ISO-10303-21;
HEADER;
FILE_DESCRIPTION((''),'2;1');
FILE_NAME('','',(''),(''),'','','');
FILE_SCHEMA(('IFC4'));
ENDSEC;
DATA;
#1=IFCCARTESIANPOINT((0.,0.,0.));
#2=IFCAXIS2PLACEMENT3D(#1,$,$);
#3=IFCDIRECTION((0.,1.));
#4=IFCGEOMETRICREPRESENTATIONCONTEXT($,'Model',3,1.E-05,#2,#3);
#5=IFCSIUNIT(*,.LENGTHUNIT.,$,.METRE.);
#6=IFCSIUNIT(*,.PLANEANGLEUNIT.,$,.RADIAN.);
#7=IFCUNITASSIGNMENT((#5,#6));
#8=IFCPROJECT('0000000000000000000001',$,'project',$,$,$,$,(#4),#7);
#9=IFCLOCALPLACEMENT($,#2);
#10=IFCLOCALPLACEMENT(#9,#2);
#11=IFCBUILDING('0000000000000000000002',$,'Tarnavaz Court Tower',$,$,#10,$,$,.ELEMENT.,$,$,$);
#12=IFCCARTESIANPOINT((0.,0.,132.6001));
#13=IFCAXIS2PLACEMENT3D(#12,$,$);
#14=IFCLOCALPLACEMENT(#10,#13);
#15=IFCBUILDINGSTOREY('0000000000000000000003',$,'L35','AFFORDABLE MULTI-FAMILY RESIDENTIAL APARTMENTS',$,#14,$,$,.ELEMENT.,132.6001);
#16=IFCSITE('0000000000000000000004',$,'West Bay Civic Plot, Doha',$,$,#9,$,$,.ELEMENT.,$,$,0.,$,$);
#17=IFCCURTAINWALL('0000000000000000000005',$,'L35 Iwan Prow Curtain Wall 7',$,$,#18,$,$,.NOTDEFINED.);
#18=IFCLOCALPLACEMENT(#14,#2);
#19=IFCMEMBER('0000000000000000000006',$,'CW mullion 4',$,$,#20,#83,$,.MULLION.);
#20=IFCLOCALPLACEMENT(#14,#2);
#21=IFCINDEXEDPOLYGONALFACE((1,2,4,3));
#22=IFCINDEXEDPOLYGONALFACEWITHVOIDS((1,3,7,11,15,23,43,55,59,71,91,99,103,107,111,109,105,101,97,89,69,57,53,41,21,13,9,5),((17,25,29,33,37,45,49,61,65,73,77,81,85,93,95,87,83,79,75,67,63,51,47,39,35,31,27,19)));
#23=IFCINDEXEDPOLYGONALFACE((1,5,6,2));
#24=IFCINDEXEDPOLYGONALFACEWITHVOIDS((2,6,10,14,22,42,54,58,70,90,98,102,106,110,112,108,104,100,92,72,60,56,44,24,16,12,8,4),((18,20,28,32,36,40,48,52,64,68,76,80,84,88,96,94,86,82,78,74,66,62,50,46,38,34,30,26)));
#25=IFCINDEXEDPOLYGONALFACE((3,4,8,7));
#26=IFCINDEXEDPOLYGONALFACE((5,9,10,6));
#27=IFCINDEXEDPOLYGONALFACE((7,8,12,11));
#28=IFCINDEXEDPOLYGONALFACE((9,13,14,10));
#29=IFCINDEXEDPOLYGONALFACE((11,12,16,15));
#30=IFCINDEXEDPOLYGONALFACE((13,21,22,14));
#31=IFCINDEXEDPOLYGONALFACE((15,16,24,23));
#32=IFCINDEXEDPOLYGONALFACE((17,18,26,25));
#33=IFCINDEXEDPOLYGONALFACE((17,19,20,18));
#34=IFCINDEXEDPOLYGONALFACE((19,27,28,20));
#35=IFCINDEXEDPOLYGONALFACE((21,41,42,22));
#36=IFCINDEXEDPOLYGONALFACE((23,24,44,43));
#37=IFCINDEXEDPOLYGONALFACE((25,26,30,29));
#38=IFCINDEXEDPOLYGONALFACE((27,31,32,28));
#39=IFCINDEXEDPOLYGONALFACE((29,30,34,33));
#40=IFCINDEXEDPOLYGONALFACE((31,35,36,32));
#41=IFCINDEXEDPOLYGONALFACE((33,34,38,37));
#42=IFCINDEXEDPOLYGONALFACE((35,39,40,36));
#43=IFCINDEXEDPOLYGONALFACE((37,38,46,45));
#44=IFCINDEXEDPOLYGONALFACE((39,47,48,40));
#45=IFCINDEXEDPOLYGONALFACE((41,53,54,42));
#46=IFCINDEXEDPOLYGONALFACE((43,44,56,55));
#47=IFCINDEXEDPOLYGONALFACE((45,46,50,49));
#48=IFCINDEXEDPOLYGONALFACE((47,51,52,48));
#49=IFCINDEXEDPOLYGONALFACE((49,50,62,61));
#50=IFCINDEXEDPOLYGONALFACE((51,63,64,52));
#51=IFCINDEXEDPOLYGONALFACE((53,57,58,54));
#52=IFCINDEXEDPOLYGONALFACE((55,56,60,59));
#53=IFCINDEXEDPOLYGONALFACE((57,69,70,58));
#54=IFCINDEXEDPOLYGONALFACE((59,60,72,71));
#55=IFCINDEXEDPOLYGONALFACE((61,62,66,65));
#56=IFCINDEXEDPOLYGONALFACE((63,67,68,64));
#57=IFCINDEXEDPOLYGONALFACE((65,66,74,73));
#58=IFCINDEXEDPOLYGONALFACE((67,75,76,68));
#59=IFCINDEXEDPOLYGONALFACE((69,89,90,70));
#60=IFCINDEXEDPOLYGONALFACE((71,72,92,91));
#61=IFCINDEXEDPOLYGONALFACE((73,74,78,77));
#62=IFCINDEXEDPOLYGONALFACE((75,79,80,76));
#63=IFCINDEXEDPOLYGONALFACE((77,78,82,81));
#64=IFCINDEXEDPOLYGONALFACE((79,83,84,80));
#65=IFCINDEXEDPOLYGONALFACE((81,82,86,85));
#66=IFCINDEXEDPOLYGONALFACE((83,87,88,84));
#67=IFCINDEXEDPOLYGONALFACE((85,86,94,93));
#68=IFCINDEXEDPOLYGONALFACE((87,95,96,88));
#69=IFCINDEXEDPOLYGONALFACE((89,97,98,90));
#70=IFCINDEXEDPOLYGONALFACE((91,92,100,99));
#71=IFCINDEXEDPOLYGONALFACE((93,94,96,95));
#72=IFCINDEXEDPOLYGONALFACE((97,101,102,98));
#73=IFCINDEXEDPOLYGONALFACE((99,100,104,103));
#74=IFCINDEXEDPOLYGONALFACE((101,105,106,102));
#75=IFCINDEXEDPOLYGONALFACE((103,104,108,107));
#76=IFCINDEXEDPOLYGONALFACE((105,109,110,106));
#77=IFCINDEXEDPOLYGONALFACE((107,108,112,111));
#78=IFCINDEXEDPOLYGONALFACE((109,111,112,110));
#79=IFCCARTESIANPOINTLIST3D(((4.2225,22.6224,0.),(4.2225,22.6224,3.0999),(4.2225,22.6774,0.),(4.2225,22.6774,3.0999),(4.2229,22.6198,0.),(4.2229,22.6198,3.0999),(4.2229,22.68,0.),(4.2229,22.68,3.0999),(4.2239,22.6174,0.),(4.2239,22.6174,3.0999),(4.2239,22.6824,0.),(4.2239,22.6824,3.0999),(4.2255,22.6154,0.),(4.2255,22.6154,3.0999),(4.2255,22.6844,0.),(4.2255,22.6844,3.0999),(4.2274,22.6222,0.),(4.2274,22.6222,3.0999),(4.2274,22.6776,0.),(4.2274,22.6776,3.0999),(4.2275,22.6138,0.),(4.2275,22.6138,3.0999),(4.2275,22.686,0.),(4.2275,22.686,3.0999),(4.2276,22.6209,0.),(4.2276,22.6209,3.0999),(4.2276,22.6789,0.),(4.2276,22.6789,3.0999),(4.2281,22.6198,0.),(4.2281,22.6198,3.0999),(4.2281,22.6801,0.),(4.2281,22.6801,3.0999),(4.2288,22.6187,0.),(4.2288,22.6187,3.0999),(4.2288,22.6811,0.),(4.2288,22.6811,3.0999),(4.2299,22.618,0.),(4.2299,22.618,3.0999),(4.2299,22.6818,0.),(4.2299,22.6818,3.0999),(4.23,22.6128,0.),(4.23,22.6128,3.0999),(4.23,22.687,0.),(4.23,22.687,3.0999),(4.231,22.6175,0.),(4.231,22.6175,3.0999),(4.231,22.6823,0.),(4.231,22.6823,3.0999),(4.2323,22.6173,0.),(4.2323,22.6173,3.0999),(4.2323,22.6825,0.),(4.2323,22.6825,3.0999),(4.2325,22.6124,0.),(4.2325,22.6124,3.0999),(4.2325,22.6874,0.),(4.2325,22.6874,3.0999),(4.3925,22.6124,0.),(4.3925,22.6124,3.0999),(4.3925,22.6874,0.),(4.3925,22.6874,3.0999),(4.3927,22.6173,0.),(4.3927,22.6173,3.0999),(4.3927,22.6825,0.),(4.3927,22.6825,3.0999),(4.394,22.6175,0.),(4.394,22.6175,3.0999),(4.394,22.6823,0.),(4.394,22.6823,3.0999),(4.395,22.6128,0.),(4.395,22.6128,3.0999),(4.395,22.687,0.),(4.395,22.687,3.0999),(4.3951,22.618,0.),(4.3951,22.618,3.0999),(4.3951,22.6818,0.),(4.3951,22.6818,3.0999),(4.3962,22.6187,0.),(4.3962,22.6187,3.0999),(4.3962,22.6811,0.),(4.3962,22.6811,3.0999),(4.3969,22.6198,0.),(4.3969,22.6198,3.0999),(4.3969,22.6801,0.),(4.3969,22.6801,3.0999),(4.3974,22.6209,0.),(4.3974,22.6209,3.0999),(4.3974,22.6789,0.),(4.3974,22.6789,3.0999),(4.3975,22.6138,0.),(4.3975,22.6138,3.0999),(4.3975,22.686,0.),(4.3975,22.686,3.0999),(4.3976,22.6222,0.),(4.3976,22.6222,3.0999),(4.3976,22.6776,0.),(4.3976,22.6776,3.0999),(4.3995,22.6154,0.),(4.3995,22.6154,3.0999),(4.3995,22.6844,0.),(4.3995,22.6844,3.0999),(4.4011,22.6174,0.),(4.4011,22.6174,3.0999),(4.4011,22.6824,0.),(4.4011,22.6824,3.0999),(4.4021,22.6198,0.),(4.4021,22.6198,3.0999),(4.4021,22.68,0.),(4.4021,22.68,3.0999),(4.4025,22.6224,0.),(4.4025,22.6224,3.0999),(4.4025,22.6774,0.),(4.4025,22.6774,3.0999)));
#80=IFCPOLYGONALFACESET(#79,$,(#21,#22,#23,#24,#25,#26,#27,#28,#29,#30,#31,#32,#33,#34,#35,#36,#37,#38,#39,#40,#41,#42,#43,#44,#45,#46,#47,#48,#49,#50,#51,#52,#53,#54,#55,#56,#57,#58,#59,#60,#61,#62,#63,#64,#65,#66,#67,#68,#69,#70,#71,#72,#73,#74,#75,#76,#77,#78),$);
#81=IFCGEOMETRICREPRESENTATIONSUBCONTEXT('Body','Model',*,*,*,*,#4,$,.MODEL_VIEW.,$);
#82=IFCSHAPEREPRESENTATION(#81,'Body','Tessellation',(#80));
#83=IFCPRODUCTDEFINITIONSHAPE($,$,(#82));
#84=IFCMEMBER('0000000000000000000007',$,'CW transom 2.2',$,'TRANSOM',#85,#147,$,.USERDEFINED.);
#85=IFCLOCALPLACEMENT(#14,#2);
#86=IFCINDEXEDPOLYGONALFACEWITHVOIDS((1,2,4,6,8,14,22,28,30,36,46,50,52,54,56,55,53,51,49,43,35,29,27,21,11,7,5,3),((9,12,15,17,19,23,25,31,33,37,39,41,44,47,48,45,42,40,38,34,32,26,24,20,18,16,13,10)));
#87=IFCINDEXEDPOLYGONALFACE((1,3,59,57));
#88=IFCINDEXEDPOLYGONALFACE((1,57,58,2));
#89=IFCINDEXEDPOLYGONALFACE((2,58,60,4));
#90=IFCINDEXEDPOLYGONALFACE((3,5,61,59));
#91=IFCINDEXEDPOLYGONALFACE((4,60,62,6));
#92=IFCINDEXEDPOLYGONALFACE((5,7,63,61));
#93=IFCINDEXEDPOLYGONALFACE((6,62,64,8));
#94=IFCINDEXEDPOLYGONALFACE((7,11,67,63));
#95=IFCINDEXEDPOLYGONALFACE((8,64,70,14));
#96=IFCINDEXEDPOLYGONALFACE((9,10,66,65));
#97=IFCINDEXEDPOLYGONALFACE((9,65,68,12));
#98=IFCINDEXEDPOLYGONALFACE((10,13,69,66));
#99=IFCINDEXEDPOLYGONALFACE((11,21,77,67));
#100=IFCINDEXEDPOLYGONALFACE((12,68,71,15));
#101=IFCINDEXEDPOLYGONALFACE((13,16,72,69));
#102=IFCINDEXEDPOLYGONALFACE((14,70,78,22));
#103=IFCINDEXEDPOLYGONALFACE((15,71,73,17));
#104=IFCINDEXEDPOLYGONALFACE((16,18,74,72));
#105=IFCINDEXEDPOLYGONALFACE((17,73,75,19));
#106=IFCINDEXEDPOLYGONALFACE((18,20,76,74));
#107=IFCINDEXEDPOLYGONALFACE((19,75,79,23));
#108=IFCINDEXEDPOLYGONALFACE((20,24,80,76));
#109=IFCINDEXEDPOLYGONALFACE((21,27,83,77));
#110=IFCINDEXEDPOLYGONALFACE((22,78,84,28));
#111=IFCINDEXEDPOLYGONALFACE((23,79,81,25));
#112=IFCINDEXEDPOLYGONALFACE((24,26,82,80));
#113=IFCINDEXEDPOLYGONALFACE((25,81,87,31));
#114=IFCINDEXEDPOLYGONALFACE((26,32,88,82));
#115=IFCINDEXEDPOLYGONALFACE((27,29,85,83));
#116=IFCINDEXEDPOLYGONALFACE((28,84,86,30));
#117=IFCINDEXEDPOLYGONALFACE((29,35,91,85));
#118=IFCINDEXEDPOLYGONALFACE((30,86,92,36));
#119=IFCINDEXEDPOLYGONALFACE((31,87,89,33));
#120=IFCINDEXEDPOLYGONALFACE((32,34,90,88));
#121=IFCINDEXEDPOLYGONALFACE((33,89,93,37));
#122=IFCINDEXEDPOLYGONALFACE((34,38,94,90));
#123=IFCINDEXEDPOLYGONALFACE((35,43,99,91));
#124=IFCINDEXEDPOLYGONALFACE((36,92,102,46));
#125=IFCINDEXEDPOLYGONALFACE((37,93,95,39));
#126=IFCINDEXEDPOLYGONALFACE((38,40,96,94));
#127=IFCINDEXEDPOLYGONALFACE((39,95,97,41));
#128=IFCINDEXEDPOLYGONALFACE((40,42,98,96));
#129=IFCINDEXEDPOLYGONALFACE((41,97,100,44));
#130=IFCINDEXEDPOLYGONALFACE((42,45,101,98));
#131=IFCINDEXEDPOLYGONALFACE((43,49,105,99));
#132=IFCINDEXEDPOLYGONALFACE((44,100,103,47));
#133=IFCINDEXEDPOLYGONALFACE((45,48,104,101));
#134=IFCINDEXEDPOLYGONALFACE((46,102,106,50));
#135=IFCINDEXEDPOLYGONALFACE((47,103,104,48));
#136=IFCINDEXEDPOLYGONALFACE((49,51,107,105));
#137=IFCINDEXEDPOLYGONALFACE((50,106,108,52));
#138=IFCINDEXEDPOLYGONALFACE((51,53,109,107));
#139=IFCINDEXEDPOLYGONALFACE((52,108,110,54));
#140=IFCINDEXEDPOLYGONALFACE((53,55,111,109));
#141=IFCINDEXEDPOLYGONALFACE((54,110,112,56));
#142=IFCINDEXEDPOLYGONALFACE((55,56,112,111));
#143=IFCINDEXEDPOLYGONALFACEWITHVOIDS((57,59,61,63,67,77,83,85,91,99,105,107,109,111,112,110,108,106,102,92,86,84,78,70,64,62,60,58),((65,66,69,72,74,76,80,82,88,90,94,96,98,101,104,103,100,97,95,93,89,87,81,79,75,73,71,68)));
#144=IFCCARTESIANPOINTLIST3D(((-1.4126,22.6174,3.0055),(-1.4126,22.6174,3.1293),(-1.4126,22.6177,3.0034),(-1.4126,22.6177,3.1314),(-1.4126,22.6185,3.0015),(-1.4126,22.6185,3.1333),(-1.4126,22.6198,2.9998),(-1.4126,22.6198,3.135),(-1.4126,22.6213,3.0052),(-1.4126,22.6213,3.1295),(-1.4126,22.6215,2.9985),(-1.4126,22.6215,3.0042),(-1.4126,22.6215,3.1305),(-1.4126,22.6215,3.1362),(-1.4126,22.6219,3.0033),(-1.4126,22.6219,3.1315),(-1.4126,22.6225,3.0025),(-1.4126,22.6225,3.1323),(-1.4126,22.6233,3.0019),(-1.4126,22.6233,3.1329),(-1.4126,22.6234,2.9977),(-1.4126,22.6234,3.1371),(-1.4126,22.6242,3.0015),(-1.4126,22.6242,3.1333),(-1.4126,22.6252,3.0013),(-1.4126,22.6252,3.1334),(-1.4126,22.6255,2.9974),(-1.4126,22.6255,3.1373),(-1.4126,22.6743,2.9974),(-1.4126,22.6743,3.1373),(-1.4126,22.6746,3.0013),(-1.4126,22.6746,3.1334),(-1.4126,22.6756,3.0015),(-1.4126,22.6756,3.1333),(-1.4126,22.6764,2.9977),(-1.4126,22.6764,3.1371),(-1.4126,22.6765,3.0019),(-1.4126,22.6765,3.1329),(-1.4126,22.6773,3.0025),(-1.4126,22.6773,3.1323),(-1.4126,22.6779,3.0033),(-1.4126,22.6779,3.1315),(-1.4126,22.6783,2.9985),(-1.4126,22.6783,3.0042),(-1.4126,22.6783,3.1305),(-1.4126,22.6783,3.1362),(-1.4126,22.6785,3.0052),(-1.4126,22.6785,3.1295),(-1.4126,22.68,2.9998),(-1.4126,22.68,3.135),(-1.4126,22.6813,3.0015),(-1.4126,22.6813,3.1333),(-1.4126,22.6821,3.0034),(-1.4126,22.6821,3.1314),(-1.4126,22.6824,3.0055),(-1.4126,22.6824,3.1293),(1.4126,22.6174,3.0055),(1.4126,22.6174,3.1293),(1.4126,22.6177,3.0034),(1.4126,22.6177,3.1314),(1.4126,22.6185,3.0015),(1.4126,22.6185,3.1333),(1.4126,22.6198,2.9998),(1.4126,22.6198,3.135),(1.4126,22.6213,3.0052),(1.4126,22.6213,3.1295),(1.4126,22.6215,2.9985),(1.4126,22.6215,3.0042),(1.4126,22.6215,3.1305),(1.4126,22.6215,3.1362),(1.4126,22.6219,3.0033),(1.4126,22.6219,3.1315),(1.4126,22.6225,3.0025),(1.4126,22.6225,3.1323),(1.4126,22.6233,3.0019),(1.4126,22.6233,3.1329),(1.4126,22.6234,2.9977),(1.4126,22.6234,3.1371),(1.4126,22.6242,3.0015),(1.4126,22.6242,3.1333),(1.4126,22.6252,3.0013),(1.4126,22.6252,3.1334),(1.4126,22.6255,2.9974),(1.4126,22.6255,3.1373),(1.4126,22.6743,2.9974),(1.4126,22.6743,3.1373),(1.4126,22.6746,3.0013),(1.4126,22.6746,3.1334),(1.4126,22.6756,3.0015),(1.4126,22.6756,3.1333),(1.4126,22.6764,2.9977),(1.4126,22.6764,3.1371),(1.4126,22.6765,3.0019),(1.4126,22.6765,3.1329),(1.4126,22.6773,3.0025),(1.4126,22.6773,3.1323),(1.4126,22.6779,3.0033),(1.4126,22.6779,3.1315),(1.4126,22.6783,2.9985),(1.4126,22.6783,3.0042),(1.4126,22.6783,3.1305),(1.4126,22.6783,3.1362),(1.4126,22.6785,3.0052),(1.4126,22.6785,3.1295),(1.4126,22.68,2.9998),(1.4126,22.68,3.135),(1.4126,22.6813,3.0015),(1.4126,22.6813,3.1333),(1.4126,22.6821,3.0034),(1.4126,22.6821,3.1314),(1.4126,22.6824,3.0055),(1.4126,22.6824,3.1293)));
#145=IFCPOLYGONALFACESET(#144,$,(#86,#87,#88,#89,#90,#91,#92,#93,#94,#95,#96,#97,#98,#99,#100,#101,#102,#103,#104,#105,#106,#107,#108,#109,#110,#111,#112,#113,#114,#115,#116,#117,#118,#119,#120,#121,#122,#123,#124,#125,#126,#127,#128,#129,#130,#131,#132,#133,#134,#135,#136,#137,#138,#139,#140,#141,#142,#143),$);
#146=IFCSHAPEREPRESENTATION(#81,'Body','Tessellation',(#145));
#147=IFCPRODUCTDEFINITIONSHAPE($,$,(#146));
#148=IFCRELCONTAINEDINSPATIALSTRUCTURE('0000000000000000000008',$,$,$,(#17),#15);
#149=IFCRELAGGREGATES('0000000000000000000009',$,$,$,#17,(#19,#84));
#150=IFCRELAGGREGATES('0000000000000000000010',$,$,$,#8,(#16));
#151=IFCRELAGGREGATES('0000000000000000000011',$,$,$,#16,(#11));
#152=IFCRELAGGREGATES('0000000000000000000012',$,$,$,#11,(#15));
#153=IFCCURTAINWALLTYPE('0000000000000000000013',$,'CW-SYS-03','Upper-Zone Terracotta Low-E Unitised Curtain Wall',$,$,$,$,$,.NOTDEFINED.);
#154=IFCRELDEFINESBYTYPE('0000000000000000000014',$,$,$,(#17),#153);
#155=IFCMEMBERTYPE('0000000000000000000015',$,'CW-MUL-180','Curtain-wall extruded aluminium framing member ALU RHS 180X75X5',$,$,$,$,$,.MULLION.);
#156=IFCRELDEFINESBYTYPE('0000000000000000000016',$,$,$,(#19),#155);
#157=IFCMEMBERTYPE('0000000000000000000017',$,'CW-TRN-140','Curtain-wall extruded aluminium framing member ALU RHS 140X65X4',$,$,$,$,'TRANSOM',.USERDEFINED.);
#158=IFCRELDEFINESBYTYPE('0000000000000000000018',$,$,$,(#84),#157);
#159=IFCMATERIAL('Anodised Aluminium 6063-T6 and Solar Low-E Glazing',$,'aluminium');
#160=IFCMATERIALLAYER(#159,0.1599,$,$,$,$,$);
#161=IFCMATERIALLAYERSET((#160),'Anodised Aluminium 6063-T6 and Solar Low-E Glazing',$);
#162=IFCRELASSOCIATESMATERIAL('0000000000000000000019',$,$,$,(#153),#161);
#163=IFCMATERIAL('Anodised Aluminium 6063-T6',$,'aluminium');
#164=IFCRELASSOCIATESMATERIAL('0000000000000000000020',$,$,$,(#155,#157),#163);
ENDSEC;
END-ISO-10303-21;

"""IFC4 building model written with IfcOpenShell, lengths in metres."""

from ifc_helpers import new_model, si_unit, direction, frame, origin, origin_2d, place, context, subcontext, project, spatial, hollow_rectangle, extrude, material, layer, layer_set, material_profile, profile_set, type_object, element, aggregate, save


model = new_model("IFC4")

# Units and contexts
model_context = context("Model", 3, precision=1e-05, world=origin(), true_north=direction((0.0, 1.0)))
body_context = subcontext(model_context, "Body", "Model", "MODEL_VIEW")
ifc_project = project(units=[si_unit("LENGTHUNIT", "METRE"), si_unit("PLANEANGLEUNIT", "RADIAN")], contexts=[model_context])

# Site, building, storey
site_placement = place(None, origin())
site = spatial("IfcSite", under=ifc_project, at=site_placement, Name="West Bay Civic Plot, Doha", CompositionType="ELEMENT", RefElevation=0.0)
building_placement = place(site_placement, origin())
building = spatial("IfcBuilding", under=site, at=building_placement, Name="Tarnavaz Court Tower", CompositionType="ELEMENT")
storey_placement = place(building_placement, frame((0.0, 0.0, 132.6001)))
storey = spatial("IfcBuildingStorey", under=building, at=storey_placement, Name="L35", Description="AFFORDABLE MULTI-FAMILY RESIDENTIAL APARTMENTS", CompositionType="ELEMENT", Elevation=132.6001)

# Curtain wall, members
ifc_material_1 = material(Name="Anodised Aluminium 6063-T6 and Solar Low-E Glazing", Category="aluminium")
ifc_layer_1 = layer(ifc_material_1, 0.1599)
ifc_layer_set_1 = layer_set([ifc_layer_1], Name="Anodised Aluminium 6063-T6 and Solar Low-E Glazing")
curtain_wall_type = type_object("IfcCurtainWallType", Name="CW-SYS-03", Description="Upper-Zone Terracotta Low-E Unitised Curtain Wall", PredefinedType="NOTDEFINED", material=ifc_layer_set_1)
curtain_wall_placement = place(storey_placement, origin())
curtain_wall = element("IfcCurtainWall", 1, at=curtain_wall_placement, inside=storey, type_object=curtain_wall_type, Name="L35 Iwan Prow Curtain Wall 7", PredefinedType="NOTDEFINED")
ifc_material_2 = material(Name="Anodised Aluminium 6063-T6", Category="aluminium")
ifc_material_profile_1 = material_profile(ifc_material_2, hollow_rectangle(XDim=0.075, YDim=0.1799, WallThickness=0.0049, InnerFilletRadius=0.0049, OuterFilletRadius=0.01, at=origin_2d()), Name="ALU RHS 180X75X5")
ifc_profile_set_1 = profile_set([ifc_material_profile_1], Name="Anodised Aluminium 6063-T6")
member_type_1 = type_object("IfcMemberType", Name="CW-MUL-180", Description="Curtain-wall extruded aluminium framing member ALU RHS 180X75X5", PredefinedType="MULLION", material=ifc_profile_set_1)
member_1_placement = place(storey_placement, frame((4.3125, 22.6499, 0.0), z_axis=(0.0, 0.0, 1.0), x_axis=(0.0, 1.0, 0.0)))
member_1 = element("IfcMember", 2, at=member_1_placement, type_object=member_type_1, Name="CW mullion 4", PredefinedType="MULLION", context=body_context, shape_type="SweptSolid", body=[
    extrude(hollow_rectangle(XDim=0.075, YDim=0.1799, WallThickness=0.0049, InnerFilletRadius=0.0049, OuterFilletRadius=0.01, at=origin_2d()), origin(), (0.0, 0.0, 1.0), 3.0999),
])
ifc_material_profile_2 = material_profile(ifc_material_2, hollow_rectangle(XDim=0.0649, YDim=0.1399, WallThickness=0.0039, InnerFilletRadius=0.0039, OuterFilletRadius=0.0081, at=origin_2d()), Name="ALU RHS 140X65X4")
ifc_profile_set_2 = profile_set([ifc_material_profile_2], Name="Anodised Aluminium 6063-T6")
member_type_2 = type_object("IfcMemberType", Name="CW-TRN-140", Description="Curtain-wall extruded aluminium framing member ALU RHS 140X65X4", ElementType="TRANSOM", PredefinedType="USERDEFINED", material=ifc_profile_set_2)
member_2_placement = place(storey_placement, frame((-1.4126, 22.6499, 3.0674), z_axis=(1.0, 0.0, 0.0), x_axis=(0.0, 1.0, 0.0)))
member_2 = element("IfcMember", 3, at=member_2_placement, type_object=member_type_2, Name="CW transom 2.2", ObjectType="TRANSOM", PredefinedType="USERDEFINED", context=body_context, shape_type="SweptSolid", body=[
    extrude(hollow_rectangle(XDim=0.0649, YDim=0.1399, WallThickness=0.0039, InnerFilletRadius=0.0039, OuterFilletRadius=0.0081, at=origin_2d()), origin(), (0.0, 0.0, 1.0), 2.8252),
])
aggregate(curtain_wall, [member_1, member_2])

save(model, "model.ifc")
